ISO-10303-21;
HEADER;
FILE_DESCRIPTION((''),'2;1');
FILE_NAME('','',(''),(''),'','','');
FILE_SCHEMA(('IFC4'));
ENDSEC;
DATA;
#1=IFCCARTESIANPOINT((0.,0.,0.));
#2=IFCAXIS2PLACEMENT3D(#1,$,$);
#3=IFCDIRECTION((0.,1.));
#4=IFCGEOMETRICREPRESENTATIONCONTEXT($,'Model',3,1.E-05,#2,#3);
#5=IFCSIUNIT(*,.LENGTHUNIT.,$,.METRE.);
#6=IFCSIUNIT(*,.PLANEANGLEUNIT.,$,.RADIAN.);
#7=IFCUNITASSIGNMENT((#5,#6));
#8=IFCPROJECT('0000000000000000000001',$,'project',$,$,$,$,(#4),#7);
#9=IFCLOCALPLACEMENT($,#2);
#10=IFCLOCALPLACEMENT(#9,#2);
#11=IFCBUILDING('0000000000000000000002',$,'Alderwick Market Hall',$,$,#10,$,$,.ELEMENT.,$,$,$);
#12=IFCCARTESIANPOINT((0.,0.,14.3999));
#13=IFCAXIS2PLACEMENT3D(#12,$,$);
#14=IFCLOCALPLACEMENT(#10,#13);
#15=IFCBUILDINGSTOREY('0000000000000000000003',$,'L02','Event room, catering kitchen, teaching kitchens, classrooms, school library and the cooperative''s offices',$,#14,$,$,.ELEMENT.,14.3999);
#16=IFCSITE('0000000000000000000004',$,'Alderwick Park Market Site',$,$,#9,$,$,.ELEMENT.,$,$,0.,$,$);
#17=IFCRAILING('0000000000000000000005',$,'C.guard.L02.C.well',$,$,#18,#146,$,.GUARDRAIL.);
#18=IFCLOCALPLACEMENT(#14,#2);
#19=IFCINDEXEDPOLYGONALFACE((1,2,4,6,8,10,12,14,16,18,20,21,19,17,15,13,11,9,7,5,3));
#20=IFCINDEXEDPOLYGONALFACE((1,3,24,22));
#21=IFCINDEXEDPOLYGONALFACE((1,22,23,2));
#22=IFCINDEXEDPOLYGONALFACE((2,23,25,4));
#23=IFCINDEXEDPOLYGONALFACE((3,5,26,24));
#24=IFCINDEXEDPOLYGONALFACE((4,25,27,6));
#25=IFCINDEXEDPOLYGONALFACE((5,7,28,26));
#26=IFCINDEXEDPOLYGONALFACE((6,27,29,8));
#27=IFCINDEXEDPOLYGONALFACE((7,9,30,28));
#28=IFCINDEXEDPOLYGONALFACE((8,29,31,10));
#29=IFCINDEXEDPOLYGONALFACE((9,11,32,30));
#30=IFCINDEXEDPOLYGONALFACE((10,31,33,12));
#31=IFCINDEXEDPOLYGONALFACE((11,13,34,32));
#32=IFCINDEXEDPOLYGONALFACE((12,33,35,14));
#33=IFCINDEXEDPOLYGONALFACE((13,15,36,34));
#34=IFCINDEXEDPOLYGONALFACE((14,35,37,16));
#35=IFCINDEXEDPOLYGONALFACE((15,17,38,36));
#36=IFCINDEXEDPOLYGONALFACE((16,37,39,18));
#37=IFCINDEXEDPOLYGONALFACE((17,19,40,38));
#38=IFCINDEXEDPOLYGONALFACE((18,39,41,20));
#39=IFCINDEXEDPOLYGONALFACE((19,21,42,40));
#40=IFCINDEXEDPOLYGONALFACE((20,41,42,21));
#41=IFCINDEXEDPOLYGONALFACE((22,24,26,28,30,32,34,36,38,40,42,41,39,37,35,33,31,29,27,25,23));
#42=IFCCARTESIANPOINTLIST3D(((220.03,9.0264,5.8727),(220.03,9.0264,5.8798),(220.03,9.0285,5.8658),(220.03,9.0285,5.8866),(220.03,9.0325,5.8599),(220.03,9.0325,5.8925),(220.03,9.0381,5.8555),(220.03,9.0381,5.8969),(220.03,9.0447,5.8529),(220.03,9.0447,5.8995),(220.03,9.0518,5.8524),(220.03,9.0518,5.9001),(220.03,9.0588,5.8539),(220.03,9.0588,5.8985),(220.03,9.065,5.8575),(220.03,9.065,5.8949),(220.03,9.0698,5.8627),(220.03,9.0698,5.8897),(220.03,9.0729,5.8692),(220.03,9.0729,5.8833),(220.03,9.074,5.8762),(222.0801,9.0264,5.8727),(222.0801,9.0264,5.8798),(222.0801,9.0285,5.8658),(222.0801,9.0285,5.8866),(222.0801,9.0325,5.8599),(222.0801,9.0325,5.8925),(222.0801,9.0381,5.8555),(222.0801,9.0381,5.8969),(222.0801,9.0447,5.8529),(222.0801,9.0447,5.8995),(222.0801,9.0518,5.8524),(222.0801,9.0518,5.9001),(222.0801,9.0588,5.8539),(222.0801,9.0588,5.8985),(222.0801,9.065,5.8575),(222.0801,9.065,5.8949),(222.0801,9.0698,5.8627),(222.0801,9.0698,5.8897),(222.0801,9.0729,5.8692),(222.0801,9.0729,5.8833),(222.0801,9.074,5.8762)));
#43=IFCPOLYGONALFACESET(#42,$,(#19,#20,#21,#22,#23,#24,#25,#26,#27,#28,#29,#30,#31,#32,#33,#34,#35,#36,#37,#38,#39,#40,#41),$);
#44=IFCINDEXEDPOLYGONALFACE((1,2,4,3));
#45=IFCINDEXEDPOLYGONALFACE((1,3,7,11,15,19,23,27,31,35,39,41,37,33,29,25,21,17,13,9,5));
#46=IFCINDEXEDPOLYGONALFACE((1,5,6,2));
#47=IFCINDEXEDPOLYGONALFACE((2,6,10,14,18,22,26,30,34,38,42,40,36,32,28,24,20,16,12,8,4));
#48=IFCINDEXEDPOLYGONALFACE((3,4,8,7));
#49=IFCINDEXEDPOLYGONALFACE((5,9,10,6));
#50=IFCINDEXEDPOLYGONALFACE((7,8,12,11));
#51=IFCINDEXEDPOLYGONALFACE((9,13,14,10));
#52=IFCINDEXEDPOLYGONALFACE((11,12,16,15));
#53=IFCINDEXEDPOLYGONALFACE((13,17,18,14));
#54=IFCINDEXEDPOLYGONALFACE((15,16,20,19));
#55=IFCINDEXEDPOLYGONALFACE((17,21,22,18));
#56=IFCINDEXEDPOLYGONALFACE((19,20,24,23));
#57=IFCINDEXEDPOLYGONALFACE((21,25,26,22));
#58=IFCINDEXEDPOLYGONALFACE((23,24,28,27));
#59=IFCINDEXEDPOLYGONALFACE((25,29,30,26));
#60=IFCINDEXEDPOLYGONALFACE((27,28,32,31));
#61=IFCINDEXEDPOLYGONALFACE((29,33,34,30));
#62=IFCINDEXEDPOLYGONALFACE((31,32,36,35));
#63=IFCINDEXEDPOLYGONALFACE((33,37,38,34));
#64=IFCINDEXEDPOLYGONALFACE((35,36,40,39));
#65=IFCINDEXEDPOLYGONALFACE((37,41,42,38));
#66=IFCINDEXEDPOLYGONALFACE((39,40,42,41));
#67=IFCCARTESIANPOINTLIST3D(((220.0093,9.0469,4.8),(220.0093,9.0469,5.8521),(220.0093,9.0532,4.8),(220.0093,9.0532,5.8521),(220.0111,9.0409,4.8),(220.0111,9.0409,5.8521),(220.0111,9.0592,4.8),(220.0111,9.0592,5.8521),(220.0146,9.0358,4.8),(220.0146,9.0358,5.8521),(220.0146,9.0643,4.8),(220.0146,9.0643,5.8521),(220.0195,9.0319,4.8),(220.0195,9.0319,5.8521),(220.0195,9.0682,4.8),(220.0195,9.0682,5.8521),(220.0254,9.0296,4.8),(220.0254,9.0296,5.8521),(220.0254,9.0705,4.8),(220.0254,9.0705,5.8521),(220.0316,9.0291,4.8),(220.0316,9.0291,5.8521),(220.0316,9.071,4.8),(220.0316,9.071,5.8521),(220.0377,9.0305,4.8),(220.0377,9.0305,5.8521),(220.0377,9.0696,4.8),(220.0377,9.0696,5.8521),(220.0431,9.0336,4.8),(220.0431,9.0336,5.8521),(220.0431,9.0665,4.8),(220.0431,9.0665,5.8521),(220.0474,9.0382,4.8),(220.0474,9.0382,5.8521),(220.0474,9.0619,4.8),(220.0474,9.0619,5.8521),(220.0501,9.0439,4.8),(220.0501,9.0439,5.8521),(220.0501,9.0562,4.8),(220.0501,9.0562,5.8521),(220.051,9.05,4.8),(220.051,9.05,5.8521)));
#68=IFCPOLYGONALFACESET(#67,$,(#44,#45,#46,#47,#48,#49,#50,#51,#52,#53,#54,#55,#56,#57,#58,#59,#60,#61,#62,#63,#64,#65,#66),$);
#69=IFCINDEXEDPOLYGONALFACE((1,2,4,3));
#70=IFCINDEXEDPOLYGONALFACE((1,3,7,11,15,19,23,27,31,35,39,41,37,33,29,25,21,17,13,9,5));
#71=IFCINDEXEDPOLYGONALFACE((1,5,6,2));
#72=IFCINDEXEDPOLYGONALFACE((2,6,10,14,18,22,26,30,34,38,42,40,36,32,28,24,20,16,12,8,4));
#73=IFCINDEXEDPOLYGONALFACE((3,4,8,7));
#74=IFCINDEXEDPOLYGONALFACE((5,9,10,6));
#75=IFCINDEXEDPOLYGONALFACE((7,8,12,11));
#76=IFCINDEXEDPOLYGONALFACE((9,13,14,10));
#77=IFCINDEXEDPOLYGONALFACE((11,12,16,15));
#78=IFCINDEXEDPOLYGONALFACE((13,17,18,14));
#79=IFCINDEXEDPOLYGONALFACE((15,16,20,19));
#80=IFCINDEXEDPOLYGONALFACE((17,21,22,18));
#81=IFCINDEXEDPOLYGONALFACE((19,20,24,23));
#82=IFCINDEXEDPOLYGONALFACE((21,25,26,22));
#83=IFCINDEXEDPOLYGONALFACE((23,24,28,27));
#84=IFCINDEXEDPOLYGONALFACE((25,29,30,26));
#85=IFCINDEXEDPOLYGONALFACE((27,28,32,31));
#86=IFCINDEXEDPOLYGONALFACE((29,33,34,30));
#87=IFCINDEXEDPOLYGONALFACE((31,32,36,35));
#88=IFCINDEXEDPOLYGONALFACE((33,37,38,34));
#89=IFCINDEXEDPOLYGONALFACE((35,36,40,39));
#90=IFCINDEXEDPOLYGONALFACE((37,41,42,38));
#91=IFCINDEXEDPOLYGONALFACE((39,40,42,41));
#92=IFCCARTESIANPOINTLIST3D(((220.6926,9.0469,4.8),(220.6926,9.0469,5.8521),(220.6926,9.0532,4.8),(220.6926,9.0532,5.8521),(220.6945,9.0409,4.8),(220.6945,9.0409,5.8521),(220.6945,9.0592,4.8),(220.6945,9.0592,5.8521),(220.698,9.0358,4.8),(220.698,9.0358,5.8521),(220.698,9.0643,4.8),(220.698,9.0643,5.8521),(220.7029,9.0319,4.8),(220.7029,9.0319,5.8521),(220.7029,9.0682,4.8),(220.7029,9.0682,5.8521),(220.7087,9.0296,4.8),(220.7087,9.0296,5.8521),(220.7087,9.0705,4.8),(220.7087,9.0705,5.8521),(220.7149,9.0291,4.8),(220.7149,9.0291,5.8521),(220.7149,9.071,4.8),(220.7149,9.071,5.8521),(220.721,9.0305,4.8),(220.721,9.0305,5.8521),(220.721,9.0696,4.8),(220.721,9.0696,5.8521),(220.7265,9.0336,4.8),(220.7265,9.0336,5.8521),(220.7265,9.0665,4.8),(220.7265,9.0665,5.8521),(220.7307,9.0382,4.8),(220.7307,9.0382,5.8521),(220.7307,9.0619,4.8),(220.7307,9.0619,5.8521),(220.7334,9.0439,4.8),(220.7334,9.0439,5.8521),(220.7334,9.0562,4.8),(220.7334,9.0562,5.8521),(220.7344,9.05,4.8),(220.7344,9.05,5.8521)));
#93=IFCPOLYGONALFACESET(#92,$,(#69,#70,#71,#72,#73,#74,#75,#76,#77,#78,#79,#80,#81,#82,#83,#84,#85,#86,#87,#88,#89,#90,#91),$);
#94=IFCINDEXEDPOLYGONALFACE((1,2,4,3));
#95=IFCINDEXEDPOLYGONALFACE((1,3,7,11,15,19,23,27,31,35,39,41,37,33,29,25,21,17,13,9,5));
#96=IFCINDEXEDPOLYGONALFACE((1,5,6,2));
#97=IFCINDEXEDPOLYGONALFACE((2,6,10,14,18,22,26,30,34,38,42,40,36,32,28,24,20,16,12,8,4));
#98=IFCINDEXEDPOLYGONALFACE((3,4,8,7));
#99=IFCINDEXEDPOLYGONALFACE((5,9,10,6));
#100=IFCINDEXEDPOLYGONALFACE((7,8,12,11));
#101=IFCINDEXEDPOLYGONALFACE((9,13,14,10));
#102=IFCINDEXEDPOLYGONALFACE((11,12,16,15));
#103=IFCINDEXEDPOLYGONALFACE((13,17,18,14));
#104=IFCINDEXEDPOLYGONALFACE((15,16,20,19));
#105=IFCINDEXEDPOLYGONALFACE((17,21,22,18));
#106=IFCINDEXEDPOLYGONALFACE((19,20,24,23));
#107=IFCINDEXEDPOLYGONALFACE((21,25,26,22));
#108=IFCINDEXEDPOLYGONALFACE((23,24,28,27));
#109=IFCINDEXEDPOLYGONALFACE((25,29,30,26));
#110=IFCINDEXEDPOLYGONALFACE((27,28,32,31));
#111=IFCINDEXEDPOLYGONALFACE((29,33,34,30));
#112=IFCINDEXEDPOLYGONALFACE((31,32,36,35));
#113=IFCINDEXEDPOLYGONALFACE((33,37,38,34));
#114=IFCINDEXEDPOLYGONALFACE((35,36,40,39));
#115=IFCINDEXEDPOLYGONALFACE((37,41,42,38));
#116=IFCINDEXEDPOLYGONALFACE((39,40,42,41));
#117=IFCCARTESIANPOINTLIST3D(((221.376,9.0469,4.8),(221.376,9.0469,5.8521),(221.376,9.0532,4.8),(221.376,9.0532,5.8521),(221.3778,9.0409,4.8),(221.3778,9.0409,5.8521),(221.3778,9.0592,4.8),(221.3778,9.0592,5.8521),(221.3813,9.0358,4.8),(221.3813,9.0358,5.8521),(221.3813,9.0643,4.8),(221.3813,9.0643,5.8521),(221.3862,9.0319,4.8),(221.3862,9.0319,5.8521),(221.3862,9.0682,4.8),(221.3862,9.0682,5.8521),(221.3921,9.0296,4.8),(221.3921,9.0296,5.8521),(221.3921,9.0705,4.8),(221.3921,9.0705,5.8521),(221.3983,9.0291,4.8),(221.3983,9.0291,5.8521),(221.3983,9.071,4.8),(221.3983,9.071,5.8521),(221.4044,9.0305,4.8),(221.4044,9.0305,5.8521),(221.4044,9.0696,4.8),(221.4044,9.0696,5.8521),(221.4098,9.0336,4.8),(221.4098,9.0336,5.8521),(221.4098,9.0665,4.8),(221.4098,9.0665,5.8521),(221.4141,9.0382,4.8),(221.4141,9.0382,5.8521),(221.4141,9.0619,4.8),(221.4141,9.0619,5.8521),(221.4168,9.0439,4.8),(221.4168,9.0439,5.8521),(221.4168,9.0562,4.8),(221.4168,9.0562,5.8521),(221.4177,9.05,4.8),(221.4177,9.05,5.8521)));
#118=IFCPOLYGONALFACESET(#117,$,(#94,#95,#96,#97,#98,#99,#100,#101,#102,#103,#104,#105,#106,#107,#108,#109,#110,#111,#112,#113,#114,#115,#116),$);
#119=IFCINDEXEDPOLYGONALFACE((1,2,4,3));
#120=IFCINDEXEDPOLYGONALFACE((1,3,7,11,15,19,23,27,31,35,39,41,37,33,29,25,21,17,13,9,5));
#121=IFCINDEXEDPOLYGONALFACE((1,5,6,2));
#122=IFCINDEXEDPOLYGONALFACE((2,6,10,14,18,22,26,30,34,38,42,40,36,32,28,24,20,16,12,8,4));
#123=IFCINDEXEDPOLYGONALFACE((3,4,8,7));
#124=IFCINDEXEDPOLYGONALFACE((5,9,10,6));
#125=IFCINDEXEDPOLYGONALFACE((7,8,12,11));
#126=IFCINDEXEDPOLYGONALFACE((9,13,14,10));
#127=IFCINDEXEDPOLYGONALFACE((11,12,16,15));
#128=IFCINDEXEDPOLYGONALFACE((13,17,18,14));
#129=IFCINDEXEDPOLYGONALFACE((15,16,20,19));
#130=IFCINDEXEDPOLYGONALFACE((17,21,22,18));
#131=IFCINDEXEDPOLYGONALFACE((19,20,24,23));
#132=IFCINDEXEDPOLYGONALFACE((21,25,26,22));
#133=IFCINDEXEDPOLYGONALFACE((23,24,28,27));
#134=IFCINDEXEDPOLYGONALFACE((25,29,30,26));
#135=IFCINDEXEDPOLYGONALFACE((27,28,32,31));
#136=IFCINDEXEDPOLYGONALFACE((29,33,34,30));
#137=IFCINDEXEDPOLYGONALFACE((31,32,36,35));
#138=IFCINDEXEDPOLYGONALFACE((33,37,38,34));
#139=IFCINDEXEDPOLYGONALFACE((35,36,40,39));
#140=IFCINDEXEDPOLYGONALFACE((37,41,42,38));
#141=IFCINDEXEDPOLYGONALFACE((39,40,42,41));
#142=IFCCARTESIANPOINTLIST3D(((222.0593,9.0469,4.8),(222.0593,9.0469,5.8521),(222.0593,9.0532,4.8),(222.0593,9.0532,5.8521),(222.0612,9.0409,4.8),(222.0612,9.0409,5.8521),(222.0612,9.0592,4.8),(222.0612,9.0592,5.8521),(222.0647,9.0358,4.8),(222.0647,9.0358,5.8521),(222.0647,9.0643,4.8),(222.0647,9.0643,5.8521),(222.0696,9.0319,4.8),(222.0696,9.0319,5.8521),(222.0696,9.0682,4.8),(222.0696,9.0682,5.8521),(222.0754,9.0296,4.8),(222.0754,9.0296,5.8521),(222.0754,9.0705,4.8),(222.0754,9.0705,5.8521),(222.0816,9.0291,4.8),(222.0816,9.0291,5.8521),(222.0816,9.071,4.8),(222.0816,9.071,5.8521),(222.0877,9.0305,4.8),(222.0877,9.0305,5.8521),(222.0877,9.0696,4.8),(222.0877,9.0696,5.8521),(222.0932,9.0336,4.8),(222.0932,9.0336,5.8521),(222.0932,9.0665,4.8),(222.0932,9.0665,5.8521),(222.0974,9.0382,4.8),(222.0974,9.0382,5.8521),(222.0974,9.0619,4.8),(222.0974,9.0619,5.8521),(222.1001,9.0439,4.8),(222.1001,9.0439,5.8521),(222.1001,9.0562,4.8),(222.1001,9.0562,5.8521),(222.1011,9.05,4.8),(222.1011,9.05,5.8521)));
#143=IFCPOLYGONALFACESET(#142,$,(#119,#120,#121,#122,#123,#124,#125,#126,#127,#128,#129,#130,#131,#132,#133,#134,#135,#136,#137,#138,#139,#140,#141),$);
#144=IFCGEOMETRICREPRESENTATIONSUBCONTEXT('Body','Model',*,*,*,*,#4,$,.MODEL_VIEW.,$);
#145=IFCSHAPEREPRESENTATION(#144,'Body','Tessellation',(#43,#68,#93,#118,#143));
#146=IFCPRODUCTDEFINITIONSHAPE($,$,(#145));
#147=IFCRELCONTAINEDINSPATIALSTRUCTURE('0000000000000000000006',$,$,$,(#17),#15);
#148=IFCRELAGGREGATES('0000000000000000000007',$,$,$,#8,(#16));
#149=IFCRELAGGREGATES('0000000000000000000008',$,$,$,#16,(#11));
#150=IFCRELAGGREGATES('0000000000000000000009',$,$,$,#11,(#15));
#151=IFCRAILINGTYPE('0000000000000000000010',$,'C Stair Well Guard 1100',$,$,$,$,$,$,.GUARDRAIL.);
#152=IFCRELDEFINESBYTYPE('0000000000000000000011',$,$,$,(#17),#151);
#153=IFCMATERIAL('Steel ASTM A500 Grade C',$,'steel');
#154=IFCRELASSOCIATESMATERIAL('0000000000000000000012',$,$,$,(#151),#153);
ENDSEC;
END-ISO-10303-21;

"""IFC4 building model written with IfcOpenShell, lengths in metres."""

from ifc_helpers import new_model, si_unit, direction, frame, origin, origin_2d, place, context, subcontext, project, spatial, circle, extrude, material, type_object, element, save


model = new_model("IFC4")

# Units and contexts
model_context = context("Model", 3, precision=1e-05, world=origin(), true_north=direction((0.0, 1.0)))
body_context = subcontext(model_context, "Body", "Model", "MODEL_VIEW")
ifc_project = project(units=[si_unit("LENGTHUNIT", "METRE"), si_unit("PLANEANGLEUNIT", "RADIAN")], contexts=[model_context])

# Site, building, storey
site_placement = place(None, origin())
site = spatial("IfcSite", under=ifc_project, at=site_placement, Name="Alderwick Park Market Site", CompositionType="ELEMENT", RefElevation=0.0)
building_placement = place(site_placement, origin())
building = spatial("IfcBuilding", under=site, at=building_placement, Name="Alderwick Market Hall", CompositionType="ELEMENT")
storey_placement = place(building_placement, frame((0.0, 0.0, 14.3999)))
storey = spatial("IfcBuildingStorey", under=building, at=storey_placement, Name="L02", Description="Event room, catering kitchen, teaching kitchens, classrooms, school library and the cooperative's offices", CompositionType="ELEMENT", Elevation=14.3999)

# Railing
ifc_material_1 = material(Name="Steel ASTM A500 Grade C", Category="steel")
railing_type_1 = type_object("IfcRailingType", Name="C Stair Well Guard 1100", PredefinedType="GUARDRAIL", material=ifc_material_1)
railing_1_placement = place(storey_placement, frame((220.03, 9.05, 4.8)))
element("IfcRailing", 1, at=railing_1_placement, inside=storey, type_object=railing_type_1, Name="C.guard.L02.C.well", PredefinedType="GUARDRAIL", context=body_context, shape_type="SweptSolid", body=[
    extrude(circle(Radius=0.0239, at=origin_2d()), frame((0.0, 0.0, 1.0762), z_axis=(1.0, 0.0, 0.0), x_axis=(0.0, 1.0, 0.0)), (0.0, 0.0, 1.0), 2.05),
    extrude(circle(Radius=0.021, at=origin_2d()), origin(), (0.0, 0.0, 1.0), 1.052),
    extrude(circle(Radius=0.021, at=origin_2d()), frame((0.6833, 0.0, 0.0)), (0.0, 0.0, 1.0), 1.052),
    extrude(circle(Radius=0.021, at=origin_2d()), frame((1.3667, 0.0, 0.0)), (0.0, 0.0, 1.0), 1.052),
    extrude(circle(Radius=0.021, at=origin_2d()), frame((2.05, 0.0, 0.0)), (0.0, 0.0, 1.0), 1.052),
])

save(model, "model.ifc")
